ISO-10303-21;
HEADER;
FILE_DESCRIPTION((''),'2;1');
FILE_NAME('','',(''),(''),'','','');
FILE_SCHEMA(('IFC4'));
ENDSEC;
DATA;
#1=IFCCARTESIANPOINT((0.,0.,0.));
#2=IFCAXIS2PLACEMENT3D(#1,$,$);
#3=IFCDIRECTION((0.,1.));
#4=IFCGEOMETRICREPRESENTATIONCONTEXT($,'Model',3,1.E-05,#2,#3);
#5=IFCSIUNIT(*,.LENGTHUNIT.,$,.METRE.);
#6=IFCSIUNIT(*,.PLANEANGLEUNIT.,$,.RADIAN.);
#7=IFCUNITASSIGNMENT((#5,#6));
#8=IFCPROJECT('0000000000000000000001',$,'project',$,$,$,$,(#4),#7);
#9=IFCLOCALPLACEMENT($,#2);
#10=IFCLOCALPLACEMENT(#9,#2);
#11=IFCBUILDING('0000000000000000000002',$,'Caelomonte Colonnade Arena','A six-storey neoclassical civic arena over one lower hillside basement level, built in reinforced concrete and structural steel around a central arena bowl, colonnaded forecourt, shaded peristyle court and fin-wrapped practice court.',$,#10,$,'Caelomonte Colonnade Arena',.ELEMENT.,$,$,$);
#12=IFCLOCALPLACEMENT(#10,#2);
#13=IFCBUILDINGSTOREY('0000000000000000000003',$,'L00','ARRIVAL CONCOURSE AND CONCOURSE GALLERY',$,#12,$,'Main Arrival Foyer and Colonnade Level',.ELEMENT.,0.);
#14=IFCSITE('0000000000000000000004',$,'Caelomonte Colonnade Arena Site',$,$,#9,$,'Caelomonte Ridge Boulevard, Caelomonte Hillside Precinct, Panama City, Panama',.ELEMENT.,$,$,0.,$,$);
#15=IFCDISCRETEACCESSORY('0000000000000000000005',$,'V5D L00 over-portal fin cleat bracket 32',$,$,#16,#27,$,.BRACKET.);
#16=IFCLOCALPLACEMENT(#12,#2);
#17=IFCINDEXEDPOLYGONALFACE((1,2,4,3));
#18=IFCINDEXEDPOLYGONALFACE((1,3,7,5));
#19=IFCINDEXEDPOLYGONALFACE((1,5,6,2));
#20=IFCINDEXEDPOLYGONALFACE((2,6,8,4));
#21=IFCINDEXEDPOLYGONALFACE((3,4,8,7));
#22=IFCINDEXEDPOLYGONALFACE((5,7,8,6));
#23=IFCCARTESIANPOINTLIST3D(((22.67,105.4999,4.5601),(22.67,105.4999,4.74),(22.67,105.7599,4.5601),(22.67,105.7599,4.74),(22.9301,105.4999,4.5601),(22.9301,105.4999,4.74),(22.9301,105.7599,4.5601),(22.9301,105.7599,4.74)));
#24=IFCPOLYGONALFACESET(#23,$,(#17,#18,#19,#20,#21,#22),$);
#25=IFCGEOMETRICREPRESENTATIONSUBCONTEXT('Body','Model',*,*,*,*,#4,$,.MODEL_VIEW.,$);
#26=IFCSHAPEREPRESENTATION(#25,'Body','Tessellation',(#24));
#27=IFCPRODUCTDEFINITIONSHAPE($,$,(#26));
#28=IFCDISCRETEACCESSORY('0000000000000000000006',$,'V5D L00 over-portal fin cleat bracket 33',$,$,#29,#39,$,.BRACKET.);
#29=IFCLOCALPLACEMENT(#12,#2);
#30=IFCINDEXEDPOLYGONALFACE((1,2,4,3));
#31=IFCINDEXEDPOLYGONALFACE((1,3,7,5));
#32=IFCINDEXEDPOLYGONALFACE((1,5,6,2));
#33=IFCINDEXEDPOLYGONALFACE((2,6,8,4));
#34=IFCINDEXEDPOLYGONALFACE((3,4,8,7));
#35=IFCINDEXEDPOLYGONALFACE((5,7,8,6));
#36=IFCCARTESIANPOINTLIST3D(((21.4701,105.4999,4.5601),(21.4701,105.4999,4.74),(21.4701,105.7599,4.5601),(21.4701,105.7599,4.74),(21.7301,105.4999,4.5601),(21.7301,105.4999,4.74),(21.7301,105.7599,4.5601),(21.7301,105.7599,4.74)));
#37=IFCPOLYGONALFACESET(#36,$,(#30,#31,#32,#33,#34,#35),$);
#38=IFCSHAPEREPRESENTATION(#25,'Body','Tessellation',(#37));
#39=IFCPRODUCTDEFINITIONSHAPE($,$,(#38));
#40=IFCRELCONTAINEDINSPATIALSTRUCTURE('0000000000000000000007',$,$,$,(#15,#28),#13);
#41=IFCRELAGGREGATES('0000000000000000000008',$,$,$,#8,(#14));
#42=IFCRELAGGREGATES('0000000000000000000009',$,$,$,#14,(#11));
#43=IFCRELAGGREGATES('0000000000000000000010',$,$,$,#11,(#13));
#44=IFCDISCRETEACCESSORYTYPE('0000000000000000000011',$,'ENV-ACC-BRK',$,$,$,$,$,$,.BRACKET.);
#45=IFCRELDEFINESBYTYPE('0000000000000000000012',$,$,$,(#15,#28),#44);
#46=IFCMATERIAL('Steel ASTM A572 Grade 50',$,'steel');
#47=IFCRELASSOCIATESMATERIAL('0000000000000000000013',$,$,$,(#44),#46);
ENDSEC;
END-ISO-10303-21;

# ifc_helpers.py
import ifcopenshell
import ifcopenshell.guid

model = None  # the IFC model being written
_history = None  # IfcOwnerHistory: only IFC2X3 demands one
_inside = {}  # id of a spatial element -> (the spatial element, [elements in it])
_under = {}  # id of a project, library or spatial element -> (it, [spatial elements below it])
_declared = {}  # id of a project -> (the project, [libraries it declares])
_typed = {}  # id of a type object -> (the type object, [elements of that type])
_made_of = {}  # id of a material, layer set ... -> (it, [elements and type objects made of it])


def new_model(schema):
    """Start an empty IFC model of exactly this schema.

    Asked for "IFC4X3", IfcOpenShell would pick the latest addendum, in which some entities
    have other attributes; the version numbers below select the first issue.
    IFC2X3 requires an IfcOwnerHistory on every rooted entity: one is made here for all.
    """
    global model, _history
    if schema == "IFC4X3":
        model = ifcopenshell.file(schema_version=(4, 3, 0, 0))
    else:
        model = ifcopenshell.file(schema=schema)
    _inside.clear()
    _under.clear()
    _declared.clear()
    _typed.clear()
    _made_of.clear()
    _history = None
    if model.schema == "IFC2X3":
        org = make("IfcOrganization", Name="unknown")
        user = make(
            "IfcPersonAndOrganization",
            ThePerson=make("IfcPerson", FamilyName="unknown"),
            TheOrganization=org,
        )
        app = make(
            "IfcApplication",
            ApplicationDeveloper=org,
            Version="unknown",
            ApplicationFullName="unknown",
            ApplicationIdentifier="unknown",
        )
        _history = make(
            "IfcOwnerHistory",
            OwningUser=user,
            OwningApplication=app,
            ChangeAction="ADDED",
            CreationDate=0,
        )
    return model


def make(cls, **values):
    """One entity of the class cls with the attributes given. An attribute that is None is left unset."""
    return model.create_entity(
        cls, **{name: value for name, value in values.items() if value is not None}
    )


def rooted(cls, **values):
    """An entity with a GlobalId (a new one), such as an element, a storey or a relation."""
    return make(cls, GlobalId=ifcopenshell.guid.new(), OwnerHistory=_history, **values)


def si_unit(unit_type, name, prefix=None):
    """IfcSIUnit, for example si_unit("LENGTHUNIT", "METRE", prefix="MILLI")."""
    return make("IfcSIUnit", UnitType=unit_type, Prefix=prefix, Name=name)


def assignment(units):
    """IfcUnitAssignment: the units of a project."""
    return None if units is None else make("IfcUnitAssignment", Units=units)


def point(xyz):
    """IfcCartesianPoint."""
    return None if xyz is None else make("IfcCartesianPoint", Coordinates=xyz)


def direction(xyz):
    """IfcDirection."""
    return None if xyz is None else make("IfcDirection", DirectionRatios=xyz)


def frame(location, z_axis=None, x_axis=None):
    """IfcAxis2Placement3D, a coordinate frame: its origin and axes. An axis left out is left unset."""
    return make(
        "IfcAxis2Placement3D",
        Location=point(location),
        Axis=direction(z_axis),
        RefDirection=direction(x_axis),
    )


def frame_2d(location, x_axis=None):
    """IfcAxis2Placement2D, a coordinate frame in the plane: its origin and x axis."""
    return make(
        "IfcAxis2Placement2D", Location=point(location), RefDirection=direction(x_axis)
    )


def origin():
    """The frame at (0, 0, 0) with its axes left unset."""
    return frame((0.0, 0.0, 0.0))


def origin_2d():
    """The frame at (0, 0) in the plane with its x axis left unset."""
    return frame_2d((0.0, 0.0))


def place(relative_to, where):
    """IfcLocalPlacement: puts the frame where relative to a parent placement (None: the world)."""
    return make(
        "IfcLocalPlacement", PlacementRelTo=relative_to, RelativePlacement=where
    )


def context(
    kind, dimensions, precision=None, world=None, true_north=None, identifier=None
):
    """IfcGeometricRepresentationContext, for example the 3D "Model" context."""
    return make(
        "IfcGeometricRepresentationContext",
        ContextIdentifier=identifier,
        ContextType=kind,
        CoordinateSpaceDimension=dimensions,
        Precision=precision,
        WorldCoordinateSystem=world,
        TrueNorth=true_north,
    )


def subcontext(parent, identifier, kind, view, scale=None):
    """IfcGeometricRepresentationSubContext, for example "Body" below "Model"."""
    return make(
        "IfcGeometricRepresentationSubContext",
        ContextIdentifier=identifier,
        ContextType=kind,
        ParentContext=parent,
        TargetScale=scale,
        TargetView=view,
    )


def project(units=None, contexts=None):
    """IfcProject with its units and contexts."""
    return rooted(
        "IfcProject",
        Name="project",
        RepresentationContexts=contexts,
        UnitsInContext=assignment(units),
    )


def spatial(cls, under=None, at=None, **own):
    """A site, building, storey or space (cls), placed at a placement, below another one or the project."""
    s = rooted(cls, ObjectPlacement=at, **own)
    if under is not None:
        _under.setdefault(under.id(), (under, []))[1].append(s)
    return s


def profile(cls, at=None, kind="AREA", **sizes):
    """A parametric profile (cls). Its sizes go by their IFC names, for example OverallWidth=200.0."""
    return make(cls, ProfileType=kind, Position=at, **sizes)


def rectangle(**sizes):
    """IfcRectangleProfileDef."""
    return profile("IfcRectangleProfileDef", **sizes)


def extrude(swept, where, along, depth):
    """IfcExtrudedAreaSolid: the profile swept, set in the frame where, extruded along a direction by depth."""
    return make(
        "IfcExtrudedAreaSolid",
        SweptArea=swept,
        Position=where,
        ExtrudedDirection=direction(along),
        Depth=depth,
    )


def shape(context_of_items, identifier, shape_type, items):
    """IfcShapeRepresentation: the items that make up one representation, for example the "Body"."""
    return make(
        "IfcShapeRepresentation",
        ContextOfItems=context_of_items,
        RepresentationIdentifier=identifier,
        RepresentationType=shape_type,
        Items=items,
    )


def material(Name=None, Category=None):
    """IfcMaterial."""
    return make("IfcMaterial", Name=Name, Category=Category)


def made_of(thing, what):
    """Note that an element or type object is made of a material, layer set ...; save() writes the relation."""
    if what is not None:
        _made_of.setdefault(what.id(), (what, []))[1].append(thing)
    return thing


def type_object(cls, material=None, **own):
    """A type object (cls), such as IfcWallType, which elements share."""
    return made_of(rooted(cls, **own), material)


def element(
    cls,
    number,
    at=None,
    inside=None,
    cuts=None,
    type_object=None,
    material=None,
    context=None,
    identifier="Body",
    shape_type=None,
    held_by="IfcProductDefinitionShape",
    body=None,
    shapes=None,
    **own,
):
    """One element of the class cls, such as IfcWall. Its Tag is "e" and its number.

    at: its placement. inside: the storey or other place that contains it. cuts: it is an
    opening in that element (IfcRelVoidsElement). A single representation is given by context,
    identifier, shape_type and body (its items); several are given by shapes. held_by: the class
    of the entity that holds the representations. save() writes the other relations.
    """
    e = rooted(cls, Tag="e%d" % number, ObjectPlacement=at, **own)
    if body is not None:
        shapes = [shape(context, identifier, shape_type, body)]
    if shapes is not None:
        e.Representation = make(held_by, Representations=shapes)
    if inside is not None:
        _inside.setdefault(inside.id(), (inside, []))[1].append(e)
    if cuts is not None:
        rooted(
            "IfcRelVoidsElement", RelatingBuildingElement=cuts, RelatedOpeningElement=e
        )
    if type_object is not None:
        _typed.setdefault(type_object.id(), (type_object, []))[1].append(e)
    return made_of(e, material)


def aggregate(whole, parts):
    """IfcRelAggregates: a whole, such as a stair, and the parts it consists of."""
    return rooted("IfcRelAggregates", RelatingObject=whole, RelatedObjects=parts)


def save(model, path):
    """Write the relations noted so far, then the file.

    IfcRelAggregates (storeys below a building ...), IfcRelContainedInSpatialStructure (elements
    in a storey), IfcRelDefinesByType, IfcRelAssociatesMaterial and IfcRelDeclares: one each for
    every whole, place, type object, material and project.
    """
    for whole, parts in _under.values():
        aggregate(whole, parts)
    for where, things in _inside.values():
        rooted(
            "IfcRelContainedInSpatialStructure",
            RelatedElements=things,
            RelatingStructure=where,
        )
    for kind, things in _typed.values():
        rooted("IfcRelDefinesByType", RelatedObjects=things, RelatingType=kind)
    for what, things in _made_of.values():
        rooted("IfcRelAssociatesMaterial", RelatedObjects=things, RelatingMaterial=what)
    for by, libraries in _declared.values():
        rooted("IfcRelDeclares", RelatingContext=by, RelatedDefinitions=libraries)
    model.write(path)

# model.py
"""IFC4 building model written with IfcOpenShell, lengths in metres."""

from ifc_helpers import new_model, si_unit, direction, frame, origin, origin_2d, place, context, subcontext, project, spatial, rectangle, extrude, material, type_object, element, save


model = new_model("IFC4")

# Units and contexts
model_context = context("Model", 3, precision=1e-05, world=origin(), true_north=direction((0.0, 1.0)))
body_context = subcontext(model_context, "Body", "Model", "MODEL_VIEW")
ifc_project = project(units=[si_unit("LENGTHUNIT", "METRE"), si_unit("PLANEANGLEUNIT", "RADIAN")], contexts=[model_context])

# Site, building, storey
site_placement = place(None, origin())
site = spatial("IfcSite", under=ifc_project, at=site_placement, Name="Caelomonte Colonnade Arena Site", LongName="Caelomonte Ridge Boulevard, Caelomonte Hillside Precinct, Panama City, Panama", CompositionType="ELEMENT", RefElevation=0.0)
building_placement = place(site_placement, origin())
building = spatial("IfcBuilding", under=site, at=building_placement, Name="Caelomonte Colonnade Arena", Description="A six-storey neoclassical civic arena over one lower hillside basement level, built in reinforced concrete and structural steel around a central arena bowl, colonnaded forecourt, shaded peristyle court and fin-wrapped practice court.", LongName="Caelomonte Colonnade Arena", CompositionType="ELEMENT")
storey_placement = place(building_placement, origin())
storey = spatial("IfcBuildingStorey", under=building, at=storey_placement, Name="L00", Description="ARRIVAL CONCOURSE AND CONCOURSE GALLERY", LongName="Main Arrival Foyer and Colonnade Level", CompositionType="ELEMENT", Elevation=0.0)

# Discrete accessories
ifc_material_1 = material(Name="Steel ASTM A572 Grade 50", Category="steel")
discrete_accessory_type = type_object("IfcDiscreteAccessoryType", Name="ENV-ACC-BRK", PredefinedType="BRACKET", material=ifc_material_1)
for number, where, z_axis, x_axis, name in (
    (1, (22.8, 105.6299, 4.5601), (0.0, 0.0, 1.0), (-1.0, 0.0, 0.0), "V5D L00 over-portal fin cleat bracket 32"),
    (2, (21.6001, 105.6299, 4.5601), (0.0, 0.0, 1.0), (-1.0, 0.0, 0.0), "V5D L00 over-portal fin cleat bracket 33"),
):
    element("IfcDiscreteAccessory", number, at=place(storey_placement, frame(where, z_axis=z_axis, x_axis=x_axis)), inside=storey, type_object=discrete_accessory_type, Name=name, PredefinedType="BRACKET", context=body_context, shape_type="SweptSolid", body=[
        extrude(rectangle(XDim=0.26, YDim=0.26, at=origin_2d()), origin(), (0.0, 0.0, 1.0), 0.1799),
    ])

save(model, "model.ifc")
